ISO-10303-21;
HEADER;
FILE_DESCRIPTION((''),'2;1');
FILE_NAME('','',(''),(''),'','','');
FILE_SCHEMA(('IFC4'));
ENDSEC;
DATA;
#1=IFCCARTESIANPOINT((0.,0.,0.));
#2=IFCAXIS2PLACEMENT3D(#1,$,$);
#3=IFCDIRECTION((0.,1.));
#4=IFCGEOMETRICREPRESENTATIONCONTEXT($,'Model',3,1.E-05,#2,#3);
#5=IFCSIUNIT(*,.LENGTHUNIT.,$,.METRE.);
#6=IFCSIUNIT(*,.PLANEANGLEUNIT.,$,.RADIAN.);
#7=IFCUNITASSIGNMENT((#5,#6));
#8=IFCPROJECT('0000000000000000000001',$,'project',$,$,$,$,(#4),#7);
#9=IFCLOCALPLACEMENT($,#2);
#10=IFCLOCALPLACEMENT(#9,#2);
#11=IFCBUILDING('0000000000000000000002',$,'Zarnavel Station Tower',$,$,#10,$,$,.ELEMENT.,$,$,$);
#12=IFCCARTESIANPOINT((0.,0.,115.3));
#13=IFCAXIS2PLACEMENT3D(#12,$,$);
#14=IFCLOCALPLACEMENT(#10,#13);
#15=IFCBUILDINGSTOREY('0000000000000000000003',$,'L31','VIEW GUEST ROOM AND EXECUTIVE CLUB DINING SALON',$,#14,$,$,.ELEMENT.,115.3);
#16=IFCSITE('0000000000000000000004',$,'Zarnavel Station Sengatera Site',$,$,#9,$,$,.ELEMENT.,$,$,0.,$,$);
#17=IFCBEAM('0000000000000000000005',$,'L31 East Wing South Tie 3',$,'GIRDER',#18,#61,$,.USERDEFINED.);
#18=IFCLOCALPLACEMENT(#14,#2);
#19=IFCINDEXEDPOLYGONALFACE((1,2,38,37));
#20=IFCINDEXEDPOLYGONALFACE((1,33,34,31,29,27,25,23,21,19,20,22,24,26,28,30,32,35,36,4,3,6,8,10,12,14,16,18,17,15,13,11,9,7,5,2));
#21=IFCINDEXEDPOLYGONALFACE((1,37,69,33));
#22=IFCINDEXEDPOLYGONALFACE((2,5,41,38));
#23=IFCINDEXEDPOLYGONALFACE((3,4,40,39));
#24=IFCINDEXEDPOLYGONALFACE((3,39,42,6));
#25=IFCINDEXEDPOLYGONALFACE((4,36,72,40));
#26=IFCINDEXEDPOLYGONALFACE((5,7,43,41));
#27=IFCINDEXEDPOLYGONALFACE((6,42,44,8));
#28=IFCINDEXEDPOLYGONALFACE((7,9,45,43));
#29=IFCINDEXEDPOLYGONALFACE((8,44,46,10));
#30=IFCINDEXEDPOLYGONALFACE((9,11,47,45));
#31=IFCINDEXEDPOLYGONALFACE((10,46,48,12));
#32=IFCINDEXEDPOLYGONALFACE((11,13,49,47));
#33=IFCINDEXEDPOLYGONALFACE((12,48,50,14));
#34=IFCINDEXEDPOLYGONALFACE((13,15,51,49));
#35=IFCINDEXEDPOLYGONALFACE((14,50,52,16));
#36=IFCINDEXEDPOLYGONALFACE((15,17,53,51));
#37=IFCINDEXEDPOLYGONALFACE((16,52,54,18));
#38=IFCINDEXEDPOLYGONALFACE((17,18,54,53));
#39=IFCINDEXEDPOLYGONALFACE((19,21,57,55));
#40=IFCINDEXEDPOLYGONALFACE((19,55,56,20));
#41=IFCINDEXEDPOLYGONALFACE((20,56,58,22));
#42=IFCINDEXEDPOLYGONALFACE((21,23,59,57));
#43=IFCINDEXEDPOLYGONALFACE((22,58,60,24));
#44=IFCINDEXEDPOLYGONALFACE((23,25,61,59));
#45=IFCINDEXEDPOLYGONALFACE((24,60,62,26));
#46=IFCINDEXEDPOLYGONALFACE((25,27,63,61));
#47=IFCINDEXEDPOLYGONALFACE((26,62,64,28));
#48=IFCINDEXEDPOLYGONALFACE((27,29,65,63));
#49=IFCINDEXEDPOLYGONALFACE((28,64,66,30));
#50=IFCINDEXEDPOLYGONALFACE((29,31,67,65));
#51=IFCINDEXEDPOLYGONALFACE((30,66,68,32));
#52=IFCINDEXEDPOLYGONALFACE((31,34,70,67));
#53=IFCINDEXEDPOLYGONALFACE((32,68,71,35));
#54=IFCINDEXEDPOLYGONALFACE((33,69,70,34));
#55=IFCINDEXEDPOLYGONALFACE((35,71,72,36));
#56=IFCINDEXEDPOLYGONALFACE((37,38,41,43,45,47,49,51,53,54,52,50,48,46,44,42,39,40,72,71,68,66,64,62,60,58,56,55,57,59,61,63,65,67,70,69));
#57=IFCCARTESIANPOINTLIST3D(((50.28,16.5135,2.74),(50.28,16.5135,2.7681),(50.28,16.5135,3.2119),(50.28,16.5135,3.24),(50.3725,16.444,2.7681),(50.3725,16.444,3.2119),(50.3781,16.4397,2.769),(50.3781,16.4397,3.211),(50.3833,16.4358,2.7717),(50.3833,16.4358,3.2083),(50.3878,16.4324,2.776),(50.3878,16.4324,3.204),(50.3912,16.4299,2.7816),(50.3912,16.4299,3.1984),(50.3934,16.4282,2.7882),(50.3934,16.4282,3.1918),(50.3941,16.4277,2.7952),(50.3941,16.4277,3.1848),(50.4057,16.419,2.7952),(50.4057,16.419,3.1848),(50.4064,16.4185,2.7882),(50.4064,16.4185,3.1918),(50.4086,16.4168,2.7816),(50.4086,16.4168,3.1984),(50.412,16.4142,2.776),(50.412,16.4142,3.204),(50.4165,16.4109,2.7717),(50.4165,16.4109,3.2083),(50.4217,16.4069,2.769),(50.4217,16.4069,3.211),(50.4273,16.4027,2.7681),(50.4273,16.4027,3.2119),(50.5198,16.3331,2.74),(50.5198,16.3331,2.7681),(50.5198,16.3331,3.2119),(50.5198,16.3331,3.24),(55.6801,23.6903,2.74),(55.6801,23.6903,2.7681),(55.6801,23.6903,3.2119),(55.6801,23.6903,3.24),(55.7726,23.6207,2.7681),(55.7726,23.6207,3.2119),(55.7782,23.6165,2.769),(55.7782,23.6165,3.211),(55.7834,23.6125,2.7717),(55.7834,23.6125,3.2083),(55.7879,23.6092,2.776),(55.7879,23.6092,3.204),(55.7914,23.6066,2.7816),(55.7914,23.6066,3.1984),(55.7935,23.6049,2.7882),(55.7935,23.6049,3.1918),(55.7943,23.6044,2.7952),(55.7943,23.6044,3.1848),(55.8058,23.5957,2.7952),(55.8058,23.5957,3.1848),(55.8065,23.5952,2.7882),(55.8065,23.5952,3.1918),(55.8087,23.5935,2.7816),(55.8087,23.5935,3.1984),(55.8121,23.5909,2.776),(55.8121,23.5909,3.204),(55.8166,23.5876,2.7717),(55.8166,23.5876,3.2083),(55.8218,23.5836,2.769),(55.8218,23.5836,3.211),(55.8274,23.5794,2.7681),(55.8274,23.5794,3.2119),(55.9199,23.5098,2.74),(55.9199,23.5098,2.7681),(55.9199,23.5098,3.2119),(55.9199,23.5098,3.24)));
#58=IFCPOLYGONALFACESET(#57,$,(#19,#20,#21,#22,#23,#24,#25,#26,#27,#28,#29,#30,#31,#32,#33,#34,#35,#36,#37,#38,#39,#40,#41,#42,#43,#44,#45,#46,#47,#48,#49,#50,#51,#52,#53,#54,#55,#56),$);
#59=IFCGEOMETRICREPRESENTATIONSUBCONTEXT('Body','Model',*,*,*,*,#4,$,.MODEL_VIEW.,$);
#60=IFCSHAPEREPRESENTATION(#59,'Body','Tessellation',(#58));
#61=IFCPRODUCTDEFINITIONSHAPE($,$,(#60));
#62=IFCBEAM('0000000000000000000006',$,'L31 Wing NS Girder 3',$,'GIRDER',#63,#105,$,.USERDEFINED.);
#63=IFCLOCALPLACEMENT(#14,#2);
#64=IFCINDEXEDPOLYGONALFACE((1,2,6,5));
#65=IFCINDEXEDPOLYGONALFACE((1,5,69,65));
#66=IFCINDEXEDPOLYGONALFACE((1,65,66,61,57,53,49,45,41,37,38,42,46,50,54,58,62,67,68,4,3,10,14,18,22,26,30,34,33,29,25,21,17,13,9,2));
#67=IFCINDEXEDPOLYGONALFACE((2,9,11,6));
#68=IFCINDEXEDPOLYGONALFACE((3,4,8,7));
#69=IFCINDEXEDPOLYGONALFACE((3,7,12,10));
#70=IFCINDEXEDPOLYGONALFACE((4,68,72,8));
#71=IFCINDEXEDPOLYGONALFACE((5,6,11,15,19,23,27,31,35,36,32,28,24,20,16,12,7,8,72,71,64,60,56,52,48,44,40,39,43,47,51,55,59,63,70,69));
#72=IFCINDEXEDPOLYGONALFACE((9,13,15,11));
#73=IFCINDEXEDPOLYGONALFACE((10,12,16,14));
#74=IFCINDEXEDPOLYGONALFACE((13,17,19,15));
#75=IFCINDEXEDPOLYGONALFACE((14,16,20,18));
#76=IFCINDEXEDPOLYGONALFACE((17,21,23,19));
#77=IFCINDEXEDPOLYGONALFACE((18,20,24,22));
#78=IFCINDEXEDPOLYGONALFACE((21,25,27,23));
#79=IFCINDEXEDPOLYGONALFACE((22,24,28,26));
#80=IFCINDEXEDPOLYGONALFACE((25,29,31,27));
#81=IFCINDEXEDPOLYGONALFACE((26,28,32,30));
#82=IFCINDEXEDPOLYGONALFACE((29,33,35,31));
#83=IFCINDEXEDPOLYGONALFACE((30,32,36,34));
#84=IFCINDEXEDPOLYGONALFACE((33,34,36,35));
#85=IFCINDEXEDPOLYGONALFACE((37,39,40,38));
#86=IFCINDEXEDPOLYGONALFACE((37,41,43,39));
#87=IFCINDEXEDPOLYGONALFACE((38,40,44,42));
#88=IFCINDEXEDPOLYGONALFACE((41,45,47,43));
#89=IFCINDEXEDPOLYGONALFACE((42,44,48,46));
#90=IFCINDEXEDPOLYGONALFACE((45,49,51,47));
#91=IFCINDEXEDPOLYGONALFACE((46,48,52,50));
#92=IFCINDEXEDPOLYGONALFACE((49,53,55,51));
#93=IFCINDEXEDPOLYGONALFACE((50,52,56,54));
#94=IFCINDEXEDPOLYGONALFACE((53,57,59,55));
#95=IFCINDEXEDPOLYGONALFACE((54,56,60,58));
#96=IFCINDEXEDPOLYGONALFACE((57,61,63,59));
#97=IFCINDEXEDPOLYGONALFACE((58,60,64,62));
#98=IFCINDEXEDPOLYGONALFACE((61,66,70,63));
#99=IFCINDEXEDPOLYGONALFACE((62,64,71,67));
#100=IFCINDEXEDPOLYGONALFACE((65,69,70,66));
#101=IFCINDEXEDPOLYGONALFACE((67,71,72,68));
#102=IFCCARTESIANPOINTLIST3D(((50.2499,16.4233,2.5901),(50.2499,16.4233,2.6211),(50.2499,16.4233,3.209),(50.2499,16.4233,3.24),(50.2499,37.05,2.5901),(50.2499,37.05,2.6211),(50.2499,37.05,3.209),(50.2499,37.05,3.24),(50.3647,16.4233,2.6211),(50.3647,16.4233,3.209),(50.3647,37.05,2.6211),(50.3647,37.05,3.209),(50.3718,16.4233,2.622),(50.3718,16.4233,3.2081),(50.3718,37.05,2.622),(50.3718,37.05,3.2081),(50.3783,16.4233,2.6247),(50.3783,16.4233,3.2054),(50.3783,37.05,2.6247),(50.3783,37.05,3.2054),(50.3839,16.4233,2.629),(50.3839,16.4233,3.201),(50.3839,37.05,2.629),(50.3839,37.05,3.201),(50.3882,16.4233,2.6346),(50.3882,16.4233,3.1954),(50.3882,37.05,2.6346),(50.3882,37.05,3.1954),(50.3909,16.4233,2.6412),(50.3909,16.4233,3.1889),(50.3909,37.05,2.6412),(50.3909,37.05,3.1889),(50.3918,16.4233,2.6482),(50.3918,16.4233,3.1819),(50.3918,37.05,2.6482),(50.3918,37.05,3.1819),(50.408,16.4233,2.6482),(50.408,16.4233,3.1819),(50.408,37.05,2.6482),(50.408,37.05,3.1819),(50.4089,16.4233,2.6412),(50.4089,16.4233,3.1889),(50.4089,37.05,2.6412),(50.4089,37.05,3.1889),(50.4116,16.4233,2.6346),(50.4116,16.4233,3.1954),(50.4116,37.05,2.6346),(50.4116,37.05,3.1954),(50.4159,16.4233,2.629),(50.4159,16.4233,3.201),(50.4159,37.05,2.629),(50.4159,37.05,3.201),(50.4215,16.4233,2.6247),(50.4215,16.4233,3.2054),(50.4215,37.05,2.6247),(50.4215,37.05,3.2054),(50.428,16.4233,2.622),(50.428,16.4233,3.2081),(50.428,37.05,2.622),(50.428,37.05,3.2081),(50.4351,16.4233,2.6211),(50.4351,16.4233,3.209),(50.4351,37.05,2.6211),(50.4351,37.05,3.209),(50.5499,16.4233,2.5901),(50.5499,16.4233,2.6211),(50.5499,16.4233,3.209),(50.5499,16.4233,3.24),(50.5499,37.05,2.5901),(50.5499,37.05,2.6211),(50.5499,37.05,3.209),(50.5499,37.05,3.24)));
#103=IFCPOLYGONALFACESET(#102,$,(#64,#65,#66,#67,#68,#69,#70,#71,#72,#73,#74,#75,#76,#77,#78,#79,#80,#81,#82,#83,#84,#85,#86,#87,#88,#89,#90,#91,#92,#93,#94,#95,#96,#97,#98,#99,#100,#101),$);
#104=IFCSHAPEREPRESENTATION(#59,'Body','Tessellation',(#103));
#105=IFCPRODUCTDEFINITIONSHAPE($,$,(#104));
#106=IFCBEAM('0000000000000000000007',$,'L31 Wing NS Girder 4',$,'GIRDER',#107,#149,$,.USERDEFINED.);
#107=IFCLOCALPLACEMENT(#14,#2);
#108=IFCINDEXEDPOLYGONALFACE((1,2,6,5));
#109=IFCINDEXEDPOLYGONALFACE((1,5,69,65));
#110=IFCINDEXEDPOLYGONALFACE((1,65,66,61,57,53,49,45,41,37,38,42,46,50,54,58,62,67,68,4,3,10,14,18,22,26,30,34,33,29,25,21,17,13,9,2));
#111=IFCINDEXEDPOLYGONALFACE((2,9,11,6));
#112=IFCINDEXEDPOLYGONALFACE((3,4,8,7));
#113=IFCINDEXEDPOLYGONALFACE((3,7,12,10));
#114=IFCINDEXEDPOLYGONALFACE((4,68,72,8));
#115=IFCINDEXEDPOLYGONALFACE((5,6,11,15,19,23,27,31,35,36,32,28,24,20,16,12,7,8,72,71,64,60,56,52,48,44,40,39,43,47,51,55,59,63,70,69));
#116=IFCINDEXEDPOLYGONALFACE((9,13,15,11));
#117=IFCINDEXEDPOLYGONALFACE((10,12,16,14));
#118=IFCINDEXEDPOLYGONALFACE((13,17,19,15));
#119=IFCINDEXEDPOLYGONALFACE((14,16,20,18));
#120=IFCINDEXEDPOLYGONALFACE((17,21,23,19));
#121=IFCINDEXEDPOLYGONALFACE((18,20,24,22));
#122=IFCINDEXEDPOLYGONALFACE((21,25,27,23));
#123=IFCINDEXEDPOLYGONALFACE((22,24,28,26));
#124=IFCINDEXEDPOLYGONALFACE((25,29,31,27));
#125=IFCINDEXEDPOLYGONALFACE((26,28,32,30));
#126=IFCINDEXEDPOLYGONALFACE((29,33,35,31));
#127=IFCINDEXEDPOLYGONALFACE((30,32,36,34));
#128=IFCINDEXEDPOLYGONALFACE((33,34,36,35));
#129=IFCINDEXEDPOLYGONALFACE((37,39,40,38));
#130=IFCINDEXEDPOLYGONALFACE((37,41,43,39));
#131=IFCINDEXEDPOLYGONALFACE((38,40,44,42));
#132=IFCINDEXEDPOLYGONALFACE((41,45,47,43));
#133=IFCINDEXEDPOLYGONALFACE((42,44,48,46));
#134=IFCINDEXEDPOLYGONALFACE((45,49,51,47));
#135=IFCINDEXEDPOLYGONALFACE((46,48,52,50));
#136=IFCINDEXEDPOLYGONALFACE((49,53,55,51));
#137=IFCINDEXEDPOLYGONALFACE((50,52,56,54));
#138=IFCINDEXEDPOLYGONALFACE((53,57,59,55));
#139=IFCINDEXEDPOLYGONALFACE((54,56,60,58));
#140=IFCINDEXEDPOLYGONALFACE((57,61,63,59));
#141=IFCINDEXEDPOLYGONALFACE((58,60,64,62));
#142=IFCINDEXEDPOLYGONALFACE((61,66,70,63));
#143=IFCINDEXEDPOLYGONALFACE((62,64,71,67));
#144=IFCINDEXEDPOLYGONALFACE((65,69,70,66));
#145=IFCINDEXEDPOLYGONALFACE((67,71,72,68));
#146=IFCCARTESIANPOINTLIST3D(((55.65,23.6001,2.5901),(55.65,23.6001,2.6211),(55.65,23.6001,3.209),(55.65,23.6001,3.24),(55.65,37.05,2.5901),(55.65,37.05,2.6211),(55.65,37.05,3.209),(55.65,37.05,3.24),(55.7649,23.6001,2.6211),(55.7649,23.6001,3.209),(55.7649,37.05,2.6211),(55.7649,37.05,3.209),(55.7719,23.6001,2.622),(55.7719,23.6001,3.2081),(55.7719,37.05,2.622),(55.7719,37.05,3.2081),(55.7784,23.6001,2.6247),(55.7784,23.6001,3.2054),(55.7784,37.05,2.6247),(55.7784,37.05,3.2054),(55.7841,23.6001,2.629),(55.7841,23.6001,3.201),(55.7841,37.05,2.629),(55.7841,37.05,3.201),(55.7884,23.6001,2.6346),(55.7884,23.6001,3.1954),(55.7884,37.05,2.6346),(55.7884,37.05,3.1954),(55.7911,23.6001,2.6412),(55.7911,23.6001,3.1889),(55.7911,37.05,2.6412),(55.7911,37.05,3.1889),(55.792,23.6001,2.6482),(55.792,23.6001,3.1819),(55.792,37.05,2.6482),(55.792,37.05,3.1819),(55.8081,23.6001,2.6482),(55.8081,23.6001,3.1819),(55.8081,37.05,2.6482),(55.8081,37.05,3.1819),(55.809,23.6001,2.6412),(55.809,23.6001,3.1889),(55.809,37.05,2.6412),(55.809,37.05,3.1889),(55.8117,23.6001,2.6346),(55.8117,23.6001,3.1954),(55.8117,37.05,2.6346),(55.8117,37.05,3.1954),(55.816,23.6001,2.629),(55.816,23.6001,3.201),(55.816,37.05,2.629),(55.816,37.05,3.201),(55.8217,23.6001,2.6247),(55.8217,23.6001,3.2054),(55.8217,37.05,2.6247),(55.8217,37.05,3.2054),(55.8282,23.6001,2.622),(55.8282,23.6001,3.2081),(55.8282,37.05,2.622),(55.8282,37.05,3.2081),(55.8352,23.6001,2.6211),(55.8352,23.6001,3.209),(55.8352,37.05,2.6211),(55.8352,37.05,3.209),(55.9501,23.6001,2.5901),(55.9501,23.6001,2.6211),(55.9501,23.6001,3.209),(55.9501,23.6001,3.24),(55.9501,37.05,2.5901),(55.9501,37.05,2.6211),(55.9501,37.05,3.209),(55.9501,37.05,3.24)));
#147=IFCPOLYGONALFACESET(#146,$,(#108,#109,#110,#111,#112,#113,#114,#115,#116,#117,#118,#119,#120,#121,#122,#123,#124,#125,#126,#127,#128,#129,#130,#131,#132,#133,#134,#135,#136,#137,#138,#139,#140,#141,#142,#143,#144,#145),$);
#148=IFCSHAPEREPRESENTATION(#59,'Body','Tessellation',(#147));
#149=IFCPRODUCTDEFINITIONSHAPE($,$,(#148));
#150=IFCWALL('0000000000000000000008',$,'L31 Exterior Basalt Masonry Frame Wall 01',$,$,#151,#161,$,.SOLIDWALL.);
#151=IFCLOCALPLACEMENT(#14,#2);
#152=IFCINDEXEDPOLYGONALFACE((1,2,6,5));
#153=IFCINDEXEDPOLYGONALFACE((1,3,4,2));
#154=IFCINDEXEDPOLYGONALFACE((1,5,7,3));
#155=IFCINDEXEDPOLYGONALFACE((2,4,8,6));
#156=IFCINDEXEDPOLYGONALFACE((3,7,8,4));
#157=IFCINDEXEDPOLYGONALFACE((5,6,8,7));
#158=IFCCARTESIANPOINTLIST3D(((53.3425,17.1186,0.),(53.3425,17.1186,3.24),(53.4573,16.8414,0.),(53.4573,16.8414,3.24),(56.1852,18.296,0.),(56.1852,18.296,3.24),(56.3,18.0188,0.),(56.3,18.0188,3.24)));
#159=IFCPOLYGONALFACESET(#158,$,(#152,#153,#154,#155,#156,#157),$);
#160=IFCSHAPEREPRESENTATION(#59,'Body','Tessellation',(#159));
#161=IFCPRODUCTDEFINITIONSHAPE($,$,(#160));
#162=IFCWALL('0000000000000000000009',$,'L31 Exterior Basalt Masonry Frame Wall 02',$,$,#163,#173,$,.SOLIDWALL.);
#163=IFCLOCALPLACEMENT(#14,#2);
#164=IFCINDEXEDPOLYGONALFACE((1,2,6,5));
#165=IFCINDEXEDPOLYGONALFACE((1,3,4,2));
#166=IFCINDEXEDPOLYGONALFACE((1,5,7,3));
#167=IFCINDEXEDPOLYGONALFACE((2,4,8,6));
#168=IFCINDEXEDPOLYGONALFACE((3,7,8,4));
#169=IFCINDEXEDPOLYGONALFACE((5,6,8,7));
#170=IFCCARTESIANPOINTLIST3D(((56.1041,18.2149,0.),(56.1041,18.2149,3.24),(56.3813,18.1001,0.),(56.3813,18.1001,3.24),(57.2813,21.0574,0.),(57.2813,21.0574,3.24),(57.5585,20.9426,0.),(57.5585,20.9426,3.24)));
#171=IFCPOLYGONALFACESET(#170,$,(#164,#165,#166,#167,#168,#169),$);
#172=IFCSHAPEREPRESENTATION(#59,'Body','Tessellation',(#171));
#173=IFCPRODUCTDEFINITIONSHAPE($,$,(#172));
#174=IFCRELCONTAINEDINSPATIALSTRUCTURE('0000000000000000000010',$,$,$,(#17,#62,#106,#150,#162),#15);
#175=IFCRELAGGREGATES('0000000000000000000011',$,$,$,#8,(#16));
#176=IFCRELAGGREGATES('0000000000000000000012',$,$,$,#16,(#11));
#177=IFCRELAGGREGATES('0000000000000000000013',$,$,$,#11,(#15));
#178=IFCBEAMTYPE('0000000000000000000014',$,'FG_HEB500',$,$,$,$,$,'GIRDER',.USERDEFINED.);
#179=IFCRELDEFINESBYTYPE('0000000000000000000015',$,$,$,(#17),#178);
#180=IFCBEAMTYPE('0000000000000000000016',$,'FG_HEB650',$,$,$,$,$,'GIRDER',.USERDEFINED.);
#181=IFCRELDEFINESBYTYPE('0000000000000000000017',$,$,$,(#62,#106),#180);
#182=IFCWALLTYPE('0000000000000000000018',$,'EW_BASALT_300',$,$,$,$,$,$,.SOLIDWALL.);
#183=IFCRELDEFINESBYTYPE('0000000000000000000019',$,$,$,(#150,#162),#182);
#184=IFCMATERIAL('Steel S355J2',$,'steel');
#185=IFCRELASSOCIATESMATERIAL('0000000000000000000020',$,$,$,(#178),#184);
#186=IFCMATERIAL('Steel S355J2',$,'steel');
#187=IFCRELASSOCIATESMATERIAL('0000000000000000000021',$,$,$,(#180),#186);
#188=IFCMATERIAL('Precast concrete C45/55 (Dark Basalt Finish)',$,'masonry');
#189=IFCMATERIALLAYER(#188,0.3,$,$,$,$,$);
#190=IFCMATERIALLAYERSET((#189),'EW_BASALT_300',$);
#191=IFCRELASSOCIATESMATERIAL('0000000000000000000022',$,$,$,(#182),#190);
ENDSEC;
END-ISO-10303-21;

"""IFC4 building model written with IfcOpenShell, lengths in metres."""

from ifc_helpers import new_model, si_unit, direction, frame, frame_2d, origin, origin_2d, place, context, subcontext, project, spatial, rectangle, i_section, extrude, material, layer, layer_set, material_profile, profile_set, type_object, element, save


model = new_model("IFC4")

# Units and contexts
model_context = context("Model", 3, precision=1e-05, world=origin(), true_north=direction((0.0, 1.0)))
body_context = subcontext(model_context, "Body", "Model", "MODEL_VIEW")
ifc_project = project(units=[si_unit("LENGTHUNIT", "METRE"), si_unit("PLANEANGLEUNIT", "RADIAN")], contexts=[model_context])

# Site, building, storey
site_placement = place(None, origin())
site = spatial("IfcSite", under=ifc_project, at=site_placement, Name="Zarnavel Station Sengatera Site", CompositionType="ELEMENT", RefElevation=0.0)
building_placement = place(site_placement, origin())
building = spatial("IfcBuilding", under=site, at=building_placement, Name="Zarnavel Station Tower", CompositionType="ELEMENT")
storey_placement = place(building_placement, frame((0.0, 0.0, 115.3)))
storey = spatial("IfcBuildingStorey", under=building, at=storey_placement, Name="L31", Description="VIEW GUEST ROOM AND EXECUTIVE CLUB DINING SALON", CompositionType="ELEMENT", Elevation=115.3)

# Beams
ifc_material_1 = material(Name="Steel S355J2", Category="steel")
ifc_material_profile_1 = material_profile(ifc_material_1, i_section(OverallWidth=0.3, OverallDepth=0.5, WebThickness=0.0144, FlangeThickness=0.0281, FilletRadius=0.0271, at=origin_2d()), Name="HEB500")
ifc_profile_set_1 = profile_set([ifc_material_profile_1], Name="Steel S355J2")
beam_type_1 = type_object("IfcBeamType", Name="FG_HEB500", ElementType="GIRDER", PredefinedType="USERDEFINED", material=ifc_profile_set_1)
beam_1_placement = place(storey_placement, frame((50.3999, 16.4233, 2.99), z_axis=(0.601252, 0.79906, 0.0), x_axis=(-0.79906, 0.601252, 0.0)))
element("IfcBeam", 1, at=beam_1_placement, inside=storey, type_object=beam_type_1, Name="L31 East Wing South Tie 3", ObjectType="GIRDER", PredefinedType="USERDEFINED", context=body_context, shape_type="SweptSolid", body=[
    extrude(i_section(OverallWidth=0.3, OverallDepth=0.5, WebThickness=0.0144, FlangeThickness=0.0281, FilletRadius=0.0271, at=origin_2d()), origin(), (0.0, 0.0, 1.0), 8.9814),
])
ifc_material_2 = material(Name="Steel S355J2", Category="steel")
ifc_material_profile_2 = material_profile(ifc_material_2, i_section(OverallWidth=0.3, OverallDepth=0.6499, WebThickness=0.0161, FlangeThickness=0.031, FilletRadius=0.0271, at=origin_2d()), Name="HEB650")
ifc_profile_set_2 = profile_set([ifc_material_profile_2], Name="Steel S355J2")
beam_type_2 = type_object("IfcBeamType", Name="FG_HEB650", ElementType="GIRDER", PredefinedType="USERDEFINED", material=ifc_profile_set_2)
beam_2_placement = place(storey_placement, frame((50.3999, 16.4233, 2.915), z_axis=(0.0, 1.0, 0.0), x_axis=(-1.0, 0.0, 0.0)))
element("IfcBeam", 2, at=beam_2_placement, inside=storey, type_object=beam_type_2, Name="L31 Wing NS Girder 3", ObjectType="GIRDER", PredefinedType="USERDEFINED", context=body_context, shape_type="SweptSolid", body=[
    extrude(i_section(OverallWidth=0.3, OverallDepth=0.6499, WebThickness=0.0161, FlangeThickness=0.031, FilletRadius=0.0271, at=origin_2d()), origin(), (0.0, 0.0, 1.0), 20.6267),
])
beam_3_placement = place(storey_placement, frame((55.8, 23.6001, 2.915), z_axis=(0.0, 1.0, 0.0), x_axis=(-1.0, 0.0, 0.0)))
element("IfcBeam", 3, at=beam_3_placement, inside=storey, type_object=beam_type_2, Name="L31 Wing NS Girder 4", ObjectType="GIRDER", PredefinedType="USERDEFINED", context=body_context, shape_type="SweptSolid", body=[
    extrude(i_section(OverallWidth=0.3, OverallDepth=0.6499, WebThickness=0.0161, FlangeThickness=0.031, FilletRadius=0.0271, at=origin_2d()), origin(), (0.0, 0.0, 1.0), 13.45),
])

# Walls
ifc_material_3 = material(Name="Precast concrete C45/55 (Dark Basalt Finish)", Category="masonry")
ifc_layer_1 = layer(ifc_material_3, 0.3)
ifc_layer_set_1 = layer_set([ifc_layer_1], Name="EW_BASALT_300")
wall_type_1 = type_object("IfcWallType", Name="EW_BASALT_300", PredefinedType="SOLIDWALL", material=ifc_layer_set_1)
wall_1_placement = place(storey_placement, frame((56.2427, 18.1575, 0.0), z_axis=(0.0, 0.0, 1.0), x_axis=(-0.923882, -0.382676, 0.0)))
element("IfcWall", 4, at=wall_1_placement, inside=storey, type_object=wall_type_1, Name="L31 Exterior Basalt Masonry Frame Wall 01", PredefinedType="SOLIDWALL", context=body_context, shape_type="SweptSolid", body=[
    extrude(rectangle(XDim=3.0769, YDim=0.3, at=frame_2d((1.5386, 0.0))), origin(), (0.0, 0.0, 1.0), 3.24),
])
wall_2_placement = place(storey_placement, frame((57.4199, 21.0, 0.0), z_axis=(0.0, 0.0, 1.0), x_axis=(-0.382637, -0.923899, 0.0)))
element("IfcWall", 5, at=wall_2_placement, inside=storey, type_object=wall_type_1, Name="L31 Exterior Basalt Masonry Frame Wall 02", PredefinedType="SOLIDWALL", context=body_context, shape_type="SweptSolid", body=[
    extrude(rectangle(XDim=3.0767, YDim=0.3, at=frame_2d((1.5383, 0.0))), origin(), (0.0, 0.0, 1.0), 3.24),
])

save(model, "model.ifc")
